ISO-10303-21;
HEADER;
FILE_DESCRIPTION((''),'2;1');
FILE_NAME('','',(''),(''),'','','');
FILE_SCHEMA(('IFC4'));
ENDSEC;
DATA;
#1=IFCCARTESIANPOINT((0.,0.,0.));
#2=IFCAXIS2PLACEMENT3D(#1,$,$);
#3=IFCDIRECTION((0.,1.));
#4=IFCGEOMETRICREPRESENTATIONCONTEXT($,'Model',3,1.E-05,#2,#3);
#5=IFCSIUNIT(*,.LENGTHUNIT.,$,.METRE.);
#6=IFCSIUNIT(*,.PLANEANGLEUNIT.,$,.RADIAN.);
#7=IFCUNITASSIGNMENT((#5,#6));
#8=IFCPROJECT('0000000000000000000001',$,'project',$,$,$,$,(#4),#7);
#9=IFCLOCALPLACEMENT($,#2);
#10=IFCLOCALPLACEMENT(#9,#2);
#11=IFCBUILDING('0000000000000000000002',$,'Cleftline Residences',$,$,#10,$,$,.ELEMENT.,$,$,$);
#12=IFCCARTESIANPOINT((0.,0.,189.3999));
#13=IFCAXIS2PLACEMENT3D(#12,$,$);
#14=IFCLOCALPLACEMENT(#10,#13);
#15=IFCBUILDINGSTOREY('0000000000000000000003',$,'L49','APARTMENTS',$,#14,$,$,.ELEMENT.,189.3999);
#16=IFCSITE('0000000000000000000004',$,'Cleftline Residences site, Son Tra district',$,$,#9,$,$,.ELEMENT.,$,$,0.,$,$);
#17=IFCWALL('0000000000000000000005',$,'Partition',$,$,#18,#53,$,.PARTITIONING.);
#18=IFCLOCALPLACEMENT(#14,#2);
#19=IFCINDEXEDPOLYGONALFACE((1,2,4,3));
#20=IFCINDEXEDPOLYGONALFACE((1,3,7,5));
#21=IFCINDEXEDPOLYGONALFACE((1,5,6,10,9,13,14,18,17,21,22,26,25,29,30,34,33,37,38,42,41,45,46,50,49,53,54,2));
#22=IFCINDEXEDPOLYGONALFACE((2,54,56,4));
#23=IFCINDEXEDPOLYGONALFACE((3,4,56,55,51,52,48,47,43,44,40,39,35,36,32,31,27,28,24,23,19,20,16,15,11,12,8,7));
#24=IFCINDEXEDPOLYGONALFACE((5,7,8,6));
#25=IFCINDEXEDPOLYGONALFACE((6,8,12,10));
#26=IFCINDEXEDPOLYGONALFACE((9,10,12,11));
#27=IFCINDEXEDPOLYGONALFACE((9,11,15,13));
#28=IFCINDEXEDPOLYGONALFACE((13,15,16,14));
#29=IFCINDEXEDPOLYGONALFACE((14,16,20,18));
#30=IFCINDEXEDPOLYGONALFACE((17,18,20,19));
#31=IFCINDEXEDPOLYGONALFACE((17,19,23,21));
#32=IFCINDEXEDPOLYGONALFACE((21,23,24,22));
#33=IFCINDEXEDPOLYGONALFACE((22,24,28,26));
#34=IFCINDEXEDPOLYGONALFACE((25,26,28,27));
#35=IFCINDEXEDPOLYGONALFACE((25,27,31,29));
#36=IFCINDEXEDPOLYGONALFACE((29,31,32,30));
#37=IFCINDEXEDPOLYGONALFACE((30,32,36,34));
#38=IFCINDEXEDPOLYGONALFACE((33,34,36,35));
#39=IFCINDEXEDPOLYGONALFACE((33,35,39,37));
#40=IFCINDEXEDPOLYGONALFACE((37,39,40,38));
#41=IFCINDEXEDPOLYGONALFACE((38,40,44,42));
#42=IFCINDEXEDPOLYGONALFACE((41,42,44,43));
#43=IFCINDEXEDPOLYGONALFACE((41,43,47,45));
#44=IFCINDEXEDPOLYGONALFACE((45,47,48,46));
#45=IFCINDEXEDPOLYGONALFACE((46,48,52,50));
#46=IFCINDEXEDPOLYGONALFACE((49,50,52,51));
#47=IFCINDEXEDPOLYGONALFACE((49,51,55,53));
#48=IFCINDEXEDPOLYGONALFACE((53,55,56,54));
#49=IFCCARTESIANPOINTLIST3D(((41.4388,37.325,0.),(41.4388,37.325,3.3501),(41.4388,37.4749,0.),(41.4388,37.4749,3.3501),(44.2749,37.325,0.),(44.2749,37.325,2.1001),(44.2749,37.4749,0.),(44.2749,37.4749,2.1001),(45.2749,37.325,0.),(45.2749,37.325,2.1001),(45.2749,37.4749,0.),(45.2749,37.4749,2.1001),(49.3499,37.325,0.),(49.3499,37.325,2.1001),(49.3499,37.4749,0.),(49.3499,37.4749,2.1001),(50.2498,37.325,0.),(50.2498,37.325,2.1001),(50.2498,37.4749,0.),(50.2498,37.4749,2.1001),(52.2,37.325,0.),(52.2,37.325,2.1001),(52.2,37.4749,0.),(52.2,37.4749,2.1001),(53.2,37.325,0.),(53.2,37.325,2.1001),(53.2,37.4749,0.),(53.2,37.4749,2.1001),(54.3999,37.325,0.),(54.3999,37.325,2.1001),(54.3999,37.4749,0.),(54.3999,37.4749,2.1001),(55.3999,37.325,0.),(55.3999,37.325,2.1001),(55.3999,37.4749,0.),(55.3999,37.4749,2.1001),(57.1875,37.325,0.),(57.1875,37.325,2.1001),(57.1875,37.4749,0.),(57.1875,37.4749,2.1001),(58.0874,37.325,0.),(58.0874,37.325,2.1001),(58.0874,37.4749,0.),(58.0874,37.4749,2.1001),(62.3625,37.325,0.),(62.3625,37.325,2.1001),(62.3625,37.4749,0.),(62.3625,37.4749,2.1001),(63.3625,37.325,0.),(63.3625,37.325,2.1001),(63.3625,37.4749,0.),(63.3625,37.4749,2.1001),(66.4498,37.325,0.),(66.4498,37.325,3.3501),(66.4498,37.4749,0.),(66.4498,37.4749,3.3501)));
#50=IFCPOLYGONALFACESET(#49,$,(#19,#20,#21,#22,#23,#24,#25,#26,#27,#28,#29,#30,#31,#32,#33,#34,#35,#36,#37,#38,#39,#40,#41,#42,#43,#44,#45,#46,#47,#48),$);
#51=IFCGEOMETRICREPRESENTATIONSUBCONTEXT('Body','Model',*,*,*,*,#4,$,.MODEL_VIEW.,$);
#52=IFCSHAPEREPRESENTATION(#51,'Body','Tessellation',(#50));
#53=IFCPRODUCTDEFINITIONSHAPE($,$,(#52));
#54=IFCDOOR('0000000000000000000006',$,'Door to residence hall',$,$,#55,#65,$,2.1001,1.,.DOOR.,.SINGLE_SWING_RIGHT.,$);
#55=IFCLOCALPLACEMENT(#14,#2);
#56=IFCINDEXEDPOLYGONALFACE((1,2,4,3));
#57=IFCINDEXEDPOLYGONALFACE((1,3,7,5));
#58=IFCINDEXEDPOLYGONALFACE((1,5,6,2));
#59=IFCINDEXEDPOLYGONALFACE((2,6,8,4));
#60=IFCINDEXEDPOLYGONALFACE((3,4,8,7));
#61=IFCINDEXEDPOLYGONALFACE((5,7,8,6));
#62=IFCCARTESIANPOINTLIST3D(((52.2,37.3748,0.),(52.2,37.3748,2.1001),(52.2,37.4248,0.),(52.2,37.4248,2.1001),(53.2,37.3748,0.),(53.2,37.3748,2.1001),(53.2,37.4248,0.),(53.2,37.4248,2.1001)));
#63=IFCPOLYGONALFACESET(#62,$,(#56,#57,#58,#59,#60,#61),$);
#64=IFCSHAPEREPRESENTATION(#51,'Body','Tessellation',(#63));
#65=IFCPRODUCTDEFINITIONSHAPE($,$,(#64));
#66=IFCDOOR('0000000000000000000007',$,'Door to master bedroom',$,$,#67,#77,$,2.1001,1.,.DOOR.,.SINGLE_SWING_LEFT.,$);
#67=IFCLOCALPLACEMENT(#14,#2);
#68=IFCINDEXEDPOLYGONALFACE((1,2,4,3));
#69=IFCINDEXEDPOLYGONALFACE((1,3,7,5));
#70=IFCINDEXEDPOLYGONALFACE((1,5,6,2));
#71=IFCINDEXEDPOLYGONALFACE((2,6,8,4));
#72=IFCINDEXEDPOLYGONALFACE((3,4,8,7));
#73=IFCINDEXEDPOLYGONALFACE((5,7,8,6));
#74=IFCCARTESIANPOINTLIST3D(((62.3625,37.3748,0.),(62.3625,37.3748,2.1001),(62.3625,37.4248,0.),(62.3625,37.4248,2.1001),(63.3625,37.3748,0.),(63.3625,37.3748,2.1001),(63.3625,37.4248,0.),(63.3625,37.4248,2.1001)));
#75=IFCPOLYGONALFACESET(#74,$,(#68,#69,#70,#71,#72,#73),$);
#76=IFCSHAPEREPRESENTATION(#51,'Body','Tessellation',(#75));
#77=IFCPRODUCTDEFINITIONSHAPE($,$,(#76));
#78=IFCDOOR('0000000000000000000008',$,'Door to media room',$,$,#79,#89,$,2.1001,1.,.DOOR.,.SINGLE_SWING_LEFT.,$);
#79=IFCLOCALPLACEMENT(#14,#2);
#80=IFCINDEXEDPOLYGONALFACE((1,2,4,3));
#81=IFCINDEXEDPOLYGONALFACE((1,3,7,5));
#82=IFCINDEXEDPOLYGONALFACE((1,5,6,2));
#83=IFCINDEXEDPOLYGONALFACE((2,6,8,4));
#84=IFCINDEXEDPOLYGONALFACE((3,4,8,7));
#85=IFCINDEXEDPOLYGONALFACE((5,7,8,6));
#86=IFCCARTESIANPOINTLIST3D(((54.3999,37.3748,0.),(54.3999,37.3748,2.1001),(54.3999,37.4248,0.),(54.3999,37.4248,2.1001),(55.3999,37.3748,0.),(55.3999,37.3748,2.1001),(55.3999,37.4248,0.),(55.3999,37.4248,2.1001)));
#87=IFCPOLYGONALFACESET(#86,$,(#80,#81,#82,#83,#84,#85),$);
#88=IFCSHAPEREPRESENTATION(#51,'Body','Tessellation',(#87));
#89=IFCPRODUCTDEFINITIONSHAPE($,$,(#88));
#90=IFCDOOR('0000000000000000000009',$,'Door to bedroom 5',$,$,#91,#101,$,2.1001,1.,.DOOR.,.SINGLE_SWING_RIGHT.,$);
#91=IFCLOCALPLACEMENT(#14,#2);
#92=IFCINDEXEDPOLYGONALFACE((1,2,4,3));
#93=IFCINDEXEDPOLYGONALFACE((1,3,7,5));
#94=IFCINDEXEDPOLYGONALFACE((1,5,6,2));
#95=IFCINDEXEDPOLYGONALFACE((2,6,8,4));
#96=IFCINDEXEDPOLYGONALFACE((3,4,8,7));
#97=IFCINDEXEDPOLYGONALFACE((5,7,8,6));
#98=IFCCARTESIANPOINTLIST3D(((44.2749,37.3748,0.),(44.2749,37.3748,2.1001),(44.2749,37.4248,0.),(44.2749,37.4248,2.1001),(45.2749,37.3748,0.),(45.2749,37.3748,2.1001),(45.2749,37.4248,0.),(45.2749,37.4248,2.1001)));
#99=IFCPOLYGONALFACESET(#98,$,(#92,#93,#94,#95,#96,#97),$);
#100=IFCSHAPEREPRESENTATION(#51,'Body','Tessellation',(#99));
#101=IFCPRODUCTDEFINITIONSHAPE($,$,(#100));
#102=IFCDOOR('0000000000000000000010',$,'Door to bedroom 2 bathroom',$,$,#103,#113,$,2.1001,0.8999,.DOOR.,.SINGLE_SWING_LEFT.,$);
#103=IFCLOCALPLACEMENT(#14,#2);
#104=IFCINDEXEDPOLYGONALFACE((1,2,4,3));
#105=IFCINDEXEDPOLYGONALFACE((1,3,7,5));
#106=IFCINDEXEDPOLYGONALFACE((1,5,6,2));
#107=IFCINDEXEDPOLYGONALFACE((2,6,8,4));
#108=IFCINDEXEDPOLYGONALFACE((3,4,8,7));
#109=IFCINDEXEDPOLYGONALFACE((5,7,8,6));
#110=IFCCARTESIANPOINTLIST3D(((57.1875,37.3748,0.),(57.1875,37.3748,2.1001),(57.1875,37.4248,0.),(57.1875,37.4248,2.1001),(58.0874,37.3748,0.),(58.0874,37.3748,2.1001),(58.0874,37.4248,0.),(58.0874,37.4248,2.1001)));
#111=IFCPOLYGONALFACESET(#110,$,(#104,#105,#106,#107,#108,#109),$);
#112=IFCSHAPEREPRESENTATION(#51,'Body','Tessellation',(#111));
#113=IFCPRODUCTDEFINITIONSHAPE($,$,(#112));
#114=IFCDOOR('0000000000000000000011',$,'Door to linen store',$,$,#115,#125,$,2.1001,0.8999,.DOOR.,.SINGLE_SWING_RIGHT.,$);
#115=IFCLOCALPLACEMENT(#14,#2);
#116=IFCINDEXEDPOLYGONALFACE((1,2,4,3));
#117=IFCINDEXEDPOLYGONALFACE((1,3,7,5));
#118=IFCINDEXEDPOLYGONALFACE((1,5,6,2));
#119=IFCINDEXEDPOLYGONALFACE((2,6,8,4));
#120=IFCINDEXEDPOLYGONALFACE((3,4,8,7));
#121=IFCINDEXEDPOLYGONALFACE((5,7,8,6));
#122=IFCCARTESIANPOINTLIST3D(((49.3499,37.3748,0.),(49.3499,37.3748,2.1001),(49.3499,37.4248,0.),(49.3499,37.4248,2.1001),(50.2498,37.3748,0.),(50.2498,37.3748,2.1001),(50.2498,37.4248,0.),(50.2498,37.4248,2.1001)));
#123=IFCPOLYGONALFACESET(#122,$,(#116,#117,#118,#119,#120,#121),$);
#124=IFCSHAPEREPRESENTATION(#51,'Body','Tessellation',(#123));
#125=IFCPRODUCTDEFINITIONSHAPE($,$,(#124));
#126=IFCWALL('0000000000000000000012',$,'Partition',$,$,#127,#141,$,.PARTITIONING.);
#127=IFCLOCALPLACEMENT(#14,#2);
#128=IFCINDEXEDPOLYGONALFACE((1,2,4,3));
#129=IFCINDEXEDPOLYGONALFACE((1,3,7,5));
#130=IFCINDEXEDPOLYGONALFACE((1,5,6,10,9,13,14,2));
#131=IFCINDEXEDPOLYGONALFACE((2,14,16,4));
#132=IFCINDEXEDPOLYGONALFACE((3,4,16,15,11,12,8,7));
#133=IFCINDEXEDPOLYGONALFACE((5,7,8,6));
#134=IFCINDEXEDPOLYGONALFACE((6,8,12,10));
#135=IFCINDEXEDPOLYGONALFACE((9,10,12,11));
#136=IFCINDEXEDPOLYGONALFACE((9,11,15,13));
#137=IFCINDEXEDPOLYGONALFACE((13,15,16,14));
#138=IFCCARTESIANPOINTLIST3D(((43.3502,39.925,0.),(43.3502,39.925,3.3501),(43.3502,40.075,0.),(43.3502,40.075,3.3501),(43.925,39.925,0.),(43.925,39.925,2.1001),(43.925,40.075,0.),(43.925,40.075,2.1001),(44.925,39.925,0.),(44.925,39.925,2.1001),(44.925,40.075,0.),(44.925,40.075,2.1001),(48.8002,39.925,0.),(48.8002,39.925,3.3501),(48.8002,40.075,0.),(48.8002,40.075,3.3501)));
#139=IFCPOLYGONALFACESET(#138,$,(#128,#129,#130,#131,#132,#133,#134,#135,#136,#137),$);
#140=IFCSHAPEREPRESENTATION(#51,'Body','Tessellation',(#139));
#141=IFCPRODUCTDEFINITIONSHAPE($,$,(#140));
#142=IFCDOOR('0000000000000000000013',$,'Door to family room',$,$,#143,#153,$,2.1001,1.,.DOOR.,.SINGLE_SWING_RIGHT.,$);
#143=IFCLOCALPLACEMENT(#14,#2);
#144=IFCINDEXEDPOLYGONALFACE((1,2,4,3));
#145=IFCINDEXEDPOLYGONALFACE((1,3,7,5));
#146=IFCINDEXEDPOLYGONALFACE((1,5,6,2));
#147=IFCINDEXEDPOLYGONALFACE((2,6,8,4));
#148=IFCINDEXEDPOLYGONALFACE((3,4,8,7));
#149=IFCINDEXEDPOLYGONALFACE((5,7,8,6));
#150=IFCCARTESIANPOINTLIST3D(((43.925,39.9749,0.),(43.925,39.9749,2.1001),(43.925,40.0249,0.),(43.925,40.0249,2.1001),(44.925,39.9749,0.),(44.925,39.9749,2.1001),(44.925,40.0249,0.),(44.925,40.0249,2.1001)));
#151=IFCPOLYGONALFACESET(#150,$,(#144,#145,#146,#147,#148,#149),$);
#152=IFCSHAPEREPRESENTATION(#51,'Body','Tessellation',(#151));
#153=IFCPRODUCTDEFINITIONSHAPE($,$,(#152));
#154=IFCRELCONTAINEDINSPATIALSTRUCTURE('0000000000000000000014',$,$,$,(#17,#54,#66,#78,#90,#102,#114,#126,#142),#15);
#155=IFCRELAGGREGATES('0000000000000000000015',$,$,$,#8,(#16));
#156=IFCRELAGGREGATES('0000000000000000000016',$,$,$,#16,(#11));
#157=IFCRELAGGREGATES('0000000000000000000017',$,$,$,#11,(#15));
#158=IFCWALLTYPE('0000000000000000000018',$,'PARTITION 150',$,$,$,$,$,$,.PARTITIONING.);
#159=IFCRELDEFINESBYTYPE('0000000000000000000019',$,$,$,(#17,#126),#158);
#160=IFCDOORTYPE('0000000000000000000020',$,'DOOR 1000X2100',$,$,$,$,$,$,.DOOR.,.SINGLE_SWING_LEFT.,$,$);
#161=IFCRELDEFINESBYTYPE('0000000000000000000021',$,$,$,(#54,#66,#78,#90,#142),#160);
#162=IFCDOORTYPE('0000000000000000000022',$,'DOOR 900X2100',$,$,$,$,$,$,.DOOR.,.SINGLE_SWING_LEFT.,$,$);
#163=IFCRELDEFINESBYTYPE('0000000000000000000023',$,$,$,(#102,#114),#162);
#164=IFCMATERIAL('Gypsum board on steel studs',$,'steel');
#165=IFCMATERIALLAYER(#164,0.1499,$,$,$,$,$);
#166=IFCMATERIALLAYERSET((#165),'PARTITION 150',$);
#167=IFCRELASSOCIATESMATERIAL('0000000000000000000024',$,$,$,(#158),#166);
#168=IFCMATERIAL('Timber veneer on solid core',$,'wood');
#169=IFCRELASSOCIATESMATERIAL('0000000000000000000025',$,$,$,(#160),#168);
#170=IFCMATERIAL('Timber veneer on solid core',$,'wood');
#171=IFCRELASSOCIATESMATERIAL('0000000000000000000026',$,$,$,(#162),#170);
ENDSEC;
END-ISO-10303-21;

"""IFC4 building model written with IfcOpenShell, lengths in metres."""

from ifc_helpers import new_model, si_unit, direction, frame, frame_2d, origin, place, context, subcontext, project, spatial, rectangle, extrude, material, layer, layer_set, type_object, element, fill, save


model = new_model("IFC4")

# Units and contexts
model_context = context("Model", 3, precision=1e-05, world=origin(), true_north=direction((0.0, 1.0)))
body_context = subcontext(model_context, "Body", "Model", "MODEL_VIEW")
ifc_project = project(units=[si_unit("LENGTHUNIT", "METRE"), si_unit("PLANEANGLEUNIT", "RADIAN")], contexts=[model_context])

# Site, building, storey
site_placement = place(None, origin())
site = spatial("IfcSite", under=ifc_project, at=site_placement, Name="Cleftline Residences site, Son Tra district", CompositionType="ELEMENT", RefElevation=0.0)
building_placement = place(site_placement, origin())
building = spatial("IfcBuilding", under=site, at=building_placement, Name="Cleftline Residences", CompositionType="ELEMENT")
storey_placement = place(building_placement, frame((0.0, 0.0, 189.3999)))
storey = spatial("IfcBuildingStorey", under=building, at=storey_placement, Name="L49", Description="APARTMENTS", CompositionType="ELEMENT", Elevation=189.3999)

# Wall, openings, doors
ifc_material_1 = material(Name="Gypsum board on steel studs", Category="steel")
ifc_layer = layer(ifc_material_1, 0.1499)
ifc_layer_set = layer_set([ifc_layer], Name="PARTITION 150")
wall_type = type_object("IfcWallType", Name="PARTITION 150", PredefinedType="PARTITIONING", material=ifc_layer_set)
wall_1_placement = place(storey_placement, frame((41.439, 37.3999, 0.0), z_axis=(0.0, 0.0, 1.0), x_axis=(1.0, 0.0, 0.0)))
wall_1 = element("IfcWall", 1, at=wall_1_placement, inside=storey, type_object=wall_type, Name="Partition", PredefinedType="PARTITIONING", context=body_context, shape_type="SweptSolid", body=[
    extrude(rectangle(XDim=25.011, YDim=0.1499, at=frame_2d((12.5054, 0.0))), origin(), (0.0, 0.0, 1.0), 3.3501),
])
opening_1_placement = place(wall_1_placement, frame((10.761, 0.0, 0.0)))
opening_1 = element("IfcOpeningElement", 2, at=opening_1_placement, cuts=wall_1, PredefinedType="OPENING", context=body_context, shape_type="SweptSolid", body=[
    extrude(rectangle(XDim=1.0, YDim=2.1001, at=frame_2d((0.5, 1.05))), frame((0.0, 0.085, 0.0), z_axis=(0.0, -1.0, 0.0), x_axis=(1.0, 0.0, 0.0)), (0.0, 0.0, 1.0), 0.1699),
])
opening_2_placement = place(wall_1_placement, frame((20.9236, 0.0, 0.0)))
opening_2 = element("IfcOpeningElement", 3, at=opening_2_placement, cuts=wall_1, PredefinedType="OPENING", context=body_context, shape_type="SweptSolid", body=[
    extrude(rectangle(XDim=1.0, YDim=2.1001, at=frame_2d((0.5, 1.05))), frame((0.0, 0.085, 0.0), z_axis=(0.0, -1.0, 0.0), x_axis=(1.0, 0.0, 0.0)), (0.0, 0.0, 1.0), 0.1699),
])
opening_3_placement = place(wall_1_placement, frame((15.7485, 0.0, 0.0)))
opening_3 = element("IfcOpeningElement", 4, at=opening_3_placement, cuts=wall_1, PredefinedType="OPENING", context=body_context, shape_type="SweptSolid", body=[
    extrude(rectangle(XDim=0.8999, YDim=2.1001, at=frame_2d((0.45, 1.05))), frame((0.0, 0.085, 0.0), z_axis=(0.0, -1.0, 0.0), x_axis=(1.0, 0.0, 0.0)), (0.0, 0.0, 1.0), 0.1699),
])
opening_4_placement = place(wall_1_placement, frame((12.9609, 0.0, 0.0)))
opening_4 = element("IfcOpeningElement", 5, at=opening_4_placement, cuts=wall_1, PredefinedType="OPENING", context=body_context, shape_type="SweptSolid", body=[
    extrude(rectangle(XDim=1.0, YDim=2.1001, at=frame_2d((0.5, 1.05))), frame((0.0, 0.085, 0.0), z_axis=(0.0, -1.0, 0.0), x_axis=(1.0, 0.0, 0.0)), (0.0, 0.0, 1.0), 0.1699),
])
opening_5_placement = place(wall_1_placement, frame((7.9109, 0.0, 0.0)))
opening_5 = element("IfcOpeningElement", 6, at=opening_5_placement, cuts=wall_1, PredefinedType="OPENING", context=body_context, shape_type="SweptSolid", body=[
    extrude(rectangle(XDim=0.8999, YDim=2.1001, at=frame_2d((0.45, 1.05))), frame((0.0, 0.085, 0.0), z_axis=(0.0, -1.0, 0.0), x_axis=(1.0, 0.0, 0.0)), (0.0, 0.0, 1.0), 0.1699),
])
opening_6_placement = place(wall_1_placement, frame((2.8359, 0.0, 0.0)))
opening_6 = element("IfcOpeningElement", 7, at=opening_6_placement, cuts=wall_1, PredefinedType="OPENING", context=body_context, shape_type="SweptSolid", body=[
    extrude(rectangle(XDim=1.0, YDim=2.1001, at=frame_2d((0.5, 1.05))), frame((0.0, 0.085, 0.0), z_axis=(0.0, -1.0, 0.0), x_axis=(1.0, 0.0, 0.0)), (0.0, 0.0, 1.0), 0.1699),
])
ifc_material_2 = material(Name="Timber veneer on solid core", Category="wood")
door_type_1 = type_object("IfcDoorType", Name="DOOR 1000X2100", OperationType="SINGLE_SWING_LEFT", PredefinedType="DOOR", material=ifc_material_2)
door_1_placement = place(opening_1_placement, origin())
door_1 = element("IfcDoor", 8, at=door_1_placement, inside=storey, type_object=door_type_1, Name="Door to residence hall", OperationType="SINGLE_SWING_RIGHT", OverallHeight=2.1001, OverallWidth=1.0, PredefinedType="DOOR", context=body_context, shape_type="SweptSolid", body=[
    extrude(rectangle(XDim=1.0, YDim=2.1001, at=frame_2d((0.5, 1.05))), frame((0.0, 0.0249, 0.0), z_axis=(0.0, -1.0, 0.0), x_axis=(1.0, 0.0, 0.0)), (0.0, 0.0, 1.0), 0.05),
])
fill(opening_1, door_1)
door_2_placement = place(opening_2_placement, origin())
door_2 = element("IfcDoor", 9, at=door_2_placement, inside=storey, type_object=door_type_1, Name="Door to master bedroom", OperationType="SINGLE_SWING_LEFT", OverallHeight=2.1001, OverallWidth=1.0, PredefinedType="DOOR", context=body_context, shape_type="SweptSolid", body=[
    extrude(rectangle(XDim=1.0, YDim=2.1001, at=frame_2d((0.5, 1.05))), frame((0.0, 0.0249, 0.0), z_axis=(0.0, -1.0, 0.0), x_axis=(1.0, 0.0, 0.0)), (0.0, 0.0, 1.0), 0.05),
])
fill(opening_2, door_2)
door_3_placement = place(opening_4_placement, origin())
door_3 = element("IfcDoor", 10, at=door_3_placement, inside=storey, type_object=door_type_1, Name="Door to media room", OperationType="SINGLE_SWING_LEFT", OverallHeight=2.1001, OverallWidth=1.0, PredefinedType="DOOR", context=body_context, shape_type="SweptSolid", body=[
    extrude(rectangle(XDim=1.0, YDim=2.1001, at=frame_2d((0.5, 1.05))), frame((0.0, 0.0249, 0.0), z_axis=(0.0, -1.0, 0.0), x_axis=(1.0, 0.0, 0.0)), (0.0, 0.0, 1.0), 0.05),
])
fill(opening_4, door_3)
door_4_placement = place(opening_6_placement, origin())
door_4 = element("IfcDoor", 11, at=door_4_placement, inside=storey, type_object=door_type_1, Name="Door to bedroom 5", OperationType="SINGLE_SWING_RIGHT", OverallHeight=2.1001, OverallWidth=1.0, PredefinedType="DOOR", context=body_context, shape_type="SweptSolid", body=[
    extrude(rectangle(XDim=1.0, YDim=2.1001, at=frame_2d((0.5, 1.05))), frame((0.0, 0.0249, 0.0), z_axis=(0.0, -1.0, 0.0), x_axis=(1.0, 0.0, 0.0)), (0.0, 0.0, 1.0), 0.05),
])
fill(opening_6, door_4)
ifc_material_3 = material(Name="Timber veneer on solid core", Category="wood")
door_type_2 = type_object("IfcDoorType", Name="DOOR 900X2100", OperationType="SINGLE_SWING_LEFT", PredefinedType="DOOR", material=ifc_material_3)
door_5_placement = place(opening_3_placement, origin())
door_5 = element("IfcDoor", 12, at=door_5_placement, inside=storey, type_object=door_type_2, Name="Door to bedroom 2 bathroom", OperationType="SINGLE_SWING_LEFT", OverallHeight=2.1001, OverallWidth=0.8999, PredefinedType="DOOR", context=body_context, shape_type="SweptSolid", body=[
    extrude(rectangle(XDim=0.8999, YDim=2.1001, at=frame_2d((0.45, 1.05))), frame((0.0, 0.0249, 0.0), z_axis=(0.0, -1.0, 0.0), x_axis=(1.0, 0.0, 0.0)), (0.0, 0.0, 1.0), 0.05),
])
fill(opening_3, door_5)
door_6_placement = place(opening_5_placement, origin())
door_6 = element("IfcDoor", 13, at=door_6_placement, inside=storey, type_object=door_type_2, Name="Door to linen store", OperationType="SINGLE_SWING_RIGHT", OverallHeight=2.1001, OverallWidth=0.8999, PredefinedType="DOOR", context=body_context, shape_type="SweptSolid", body=[
    extrude(rectangle(XDim=0.8999, YDim=2.1001, at=frame_2d((0.45, 1.05))), frame((0.0, 0.0249, 0.0), z_axis=(0.0, -1.0, 0.0), x_axis=(1.0, 0.0, 0.0)), (0.0, 0.0, 1.0), 0.05),
])
fill(opening_5, door_6)

# Wall, opening, door
wall_2_placement = place(storey_placement, frame((43.3501, 40.0, 0.0), z_axis=(0.0, 0.0, 1.0), x_axis=(1.0, 0.0, 0.0)))
wall_2 = element("IfcWall", 14, at=wall_2_placement, inside=storey, type_object=wall_type, Name="Partition", PredefinedType="PARTITIONING", context=body_context, shape_type="SweptSolid", body=[
    extrude(rectangle(XDim=5.45, YDim=0.1499, at=frame_2d((2.7251, 0.0))), origin(), (0.0, 0.0, 1.0), 3.3501),
])
opening_7_placement = place(wall_2_placement, frame((0.575, 0.0, 0.0)))
opening_7 = element("IfcOpeningElement", 15, at=opening_7_placement, cuts=wall_2, PredefinedType="OPENING", context=body_context, shape_type="SweptSolid", body=[
    extrude(rectangle(XDim=1.0, YDim=2.1001, at=frame_2d((0.5, 1.05))), frame((0.0, 0.085, 0.0), z_axis=(0.0, -1.0, 0.0), x_axis=(1.0, 0.0, 0.0)), (0.0, 0.0, 1.0), 0.1699),
])
door_7_placement = place(opening_7_placement, origin())
door_7 = element("IfcDoor", 16, at=door_7_placement, inside=storey, type_object=door_type_1, Name="Door to family room", OperationType="SINGLE_SWING_RIGHT", OverallHeight=2.1001, OverallWidth=1.0, PredefinedType="DOOR", context=body_context, shape_type="SweptSolid", body=[
    extrude(rectangle(XDim=1.0, YDim=2.1001, at=frame_2d((0.5, 1.05))), frame((0.0, 0.0249, 0.0), z_axis=(0.0, -1.0, 0.0), x_axis=(1.0, 0.0, 0.0)), (0.0, 0.0, 1.0), 0.05),
])
fill(opening_7, door_7)

save(model, "model.ifc")
